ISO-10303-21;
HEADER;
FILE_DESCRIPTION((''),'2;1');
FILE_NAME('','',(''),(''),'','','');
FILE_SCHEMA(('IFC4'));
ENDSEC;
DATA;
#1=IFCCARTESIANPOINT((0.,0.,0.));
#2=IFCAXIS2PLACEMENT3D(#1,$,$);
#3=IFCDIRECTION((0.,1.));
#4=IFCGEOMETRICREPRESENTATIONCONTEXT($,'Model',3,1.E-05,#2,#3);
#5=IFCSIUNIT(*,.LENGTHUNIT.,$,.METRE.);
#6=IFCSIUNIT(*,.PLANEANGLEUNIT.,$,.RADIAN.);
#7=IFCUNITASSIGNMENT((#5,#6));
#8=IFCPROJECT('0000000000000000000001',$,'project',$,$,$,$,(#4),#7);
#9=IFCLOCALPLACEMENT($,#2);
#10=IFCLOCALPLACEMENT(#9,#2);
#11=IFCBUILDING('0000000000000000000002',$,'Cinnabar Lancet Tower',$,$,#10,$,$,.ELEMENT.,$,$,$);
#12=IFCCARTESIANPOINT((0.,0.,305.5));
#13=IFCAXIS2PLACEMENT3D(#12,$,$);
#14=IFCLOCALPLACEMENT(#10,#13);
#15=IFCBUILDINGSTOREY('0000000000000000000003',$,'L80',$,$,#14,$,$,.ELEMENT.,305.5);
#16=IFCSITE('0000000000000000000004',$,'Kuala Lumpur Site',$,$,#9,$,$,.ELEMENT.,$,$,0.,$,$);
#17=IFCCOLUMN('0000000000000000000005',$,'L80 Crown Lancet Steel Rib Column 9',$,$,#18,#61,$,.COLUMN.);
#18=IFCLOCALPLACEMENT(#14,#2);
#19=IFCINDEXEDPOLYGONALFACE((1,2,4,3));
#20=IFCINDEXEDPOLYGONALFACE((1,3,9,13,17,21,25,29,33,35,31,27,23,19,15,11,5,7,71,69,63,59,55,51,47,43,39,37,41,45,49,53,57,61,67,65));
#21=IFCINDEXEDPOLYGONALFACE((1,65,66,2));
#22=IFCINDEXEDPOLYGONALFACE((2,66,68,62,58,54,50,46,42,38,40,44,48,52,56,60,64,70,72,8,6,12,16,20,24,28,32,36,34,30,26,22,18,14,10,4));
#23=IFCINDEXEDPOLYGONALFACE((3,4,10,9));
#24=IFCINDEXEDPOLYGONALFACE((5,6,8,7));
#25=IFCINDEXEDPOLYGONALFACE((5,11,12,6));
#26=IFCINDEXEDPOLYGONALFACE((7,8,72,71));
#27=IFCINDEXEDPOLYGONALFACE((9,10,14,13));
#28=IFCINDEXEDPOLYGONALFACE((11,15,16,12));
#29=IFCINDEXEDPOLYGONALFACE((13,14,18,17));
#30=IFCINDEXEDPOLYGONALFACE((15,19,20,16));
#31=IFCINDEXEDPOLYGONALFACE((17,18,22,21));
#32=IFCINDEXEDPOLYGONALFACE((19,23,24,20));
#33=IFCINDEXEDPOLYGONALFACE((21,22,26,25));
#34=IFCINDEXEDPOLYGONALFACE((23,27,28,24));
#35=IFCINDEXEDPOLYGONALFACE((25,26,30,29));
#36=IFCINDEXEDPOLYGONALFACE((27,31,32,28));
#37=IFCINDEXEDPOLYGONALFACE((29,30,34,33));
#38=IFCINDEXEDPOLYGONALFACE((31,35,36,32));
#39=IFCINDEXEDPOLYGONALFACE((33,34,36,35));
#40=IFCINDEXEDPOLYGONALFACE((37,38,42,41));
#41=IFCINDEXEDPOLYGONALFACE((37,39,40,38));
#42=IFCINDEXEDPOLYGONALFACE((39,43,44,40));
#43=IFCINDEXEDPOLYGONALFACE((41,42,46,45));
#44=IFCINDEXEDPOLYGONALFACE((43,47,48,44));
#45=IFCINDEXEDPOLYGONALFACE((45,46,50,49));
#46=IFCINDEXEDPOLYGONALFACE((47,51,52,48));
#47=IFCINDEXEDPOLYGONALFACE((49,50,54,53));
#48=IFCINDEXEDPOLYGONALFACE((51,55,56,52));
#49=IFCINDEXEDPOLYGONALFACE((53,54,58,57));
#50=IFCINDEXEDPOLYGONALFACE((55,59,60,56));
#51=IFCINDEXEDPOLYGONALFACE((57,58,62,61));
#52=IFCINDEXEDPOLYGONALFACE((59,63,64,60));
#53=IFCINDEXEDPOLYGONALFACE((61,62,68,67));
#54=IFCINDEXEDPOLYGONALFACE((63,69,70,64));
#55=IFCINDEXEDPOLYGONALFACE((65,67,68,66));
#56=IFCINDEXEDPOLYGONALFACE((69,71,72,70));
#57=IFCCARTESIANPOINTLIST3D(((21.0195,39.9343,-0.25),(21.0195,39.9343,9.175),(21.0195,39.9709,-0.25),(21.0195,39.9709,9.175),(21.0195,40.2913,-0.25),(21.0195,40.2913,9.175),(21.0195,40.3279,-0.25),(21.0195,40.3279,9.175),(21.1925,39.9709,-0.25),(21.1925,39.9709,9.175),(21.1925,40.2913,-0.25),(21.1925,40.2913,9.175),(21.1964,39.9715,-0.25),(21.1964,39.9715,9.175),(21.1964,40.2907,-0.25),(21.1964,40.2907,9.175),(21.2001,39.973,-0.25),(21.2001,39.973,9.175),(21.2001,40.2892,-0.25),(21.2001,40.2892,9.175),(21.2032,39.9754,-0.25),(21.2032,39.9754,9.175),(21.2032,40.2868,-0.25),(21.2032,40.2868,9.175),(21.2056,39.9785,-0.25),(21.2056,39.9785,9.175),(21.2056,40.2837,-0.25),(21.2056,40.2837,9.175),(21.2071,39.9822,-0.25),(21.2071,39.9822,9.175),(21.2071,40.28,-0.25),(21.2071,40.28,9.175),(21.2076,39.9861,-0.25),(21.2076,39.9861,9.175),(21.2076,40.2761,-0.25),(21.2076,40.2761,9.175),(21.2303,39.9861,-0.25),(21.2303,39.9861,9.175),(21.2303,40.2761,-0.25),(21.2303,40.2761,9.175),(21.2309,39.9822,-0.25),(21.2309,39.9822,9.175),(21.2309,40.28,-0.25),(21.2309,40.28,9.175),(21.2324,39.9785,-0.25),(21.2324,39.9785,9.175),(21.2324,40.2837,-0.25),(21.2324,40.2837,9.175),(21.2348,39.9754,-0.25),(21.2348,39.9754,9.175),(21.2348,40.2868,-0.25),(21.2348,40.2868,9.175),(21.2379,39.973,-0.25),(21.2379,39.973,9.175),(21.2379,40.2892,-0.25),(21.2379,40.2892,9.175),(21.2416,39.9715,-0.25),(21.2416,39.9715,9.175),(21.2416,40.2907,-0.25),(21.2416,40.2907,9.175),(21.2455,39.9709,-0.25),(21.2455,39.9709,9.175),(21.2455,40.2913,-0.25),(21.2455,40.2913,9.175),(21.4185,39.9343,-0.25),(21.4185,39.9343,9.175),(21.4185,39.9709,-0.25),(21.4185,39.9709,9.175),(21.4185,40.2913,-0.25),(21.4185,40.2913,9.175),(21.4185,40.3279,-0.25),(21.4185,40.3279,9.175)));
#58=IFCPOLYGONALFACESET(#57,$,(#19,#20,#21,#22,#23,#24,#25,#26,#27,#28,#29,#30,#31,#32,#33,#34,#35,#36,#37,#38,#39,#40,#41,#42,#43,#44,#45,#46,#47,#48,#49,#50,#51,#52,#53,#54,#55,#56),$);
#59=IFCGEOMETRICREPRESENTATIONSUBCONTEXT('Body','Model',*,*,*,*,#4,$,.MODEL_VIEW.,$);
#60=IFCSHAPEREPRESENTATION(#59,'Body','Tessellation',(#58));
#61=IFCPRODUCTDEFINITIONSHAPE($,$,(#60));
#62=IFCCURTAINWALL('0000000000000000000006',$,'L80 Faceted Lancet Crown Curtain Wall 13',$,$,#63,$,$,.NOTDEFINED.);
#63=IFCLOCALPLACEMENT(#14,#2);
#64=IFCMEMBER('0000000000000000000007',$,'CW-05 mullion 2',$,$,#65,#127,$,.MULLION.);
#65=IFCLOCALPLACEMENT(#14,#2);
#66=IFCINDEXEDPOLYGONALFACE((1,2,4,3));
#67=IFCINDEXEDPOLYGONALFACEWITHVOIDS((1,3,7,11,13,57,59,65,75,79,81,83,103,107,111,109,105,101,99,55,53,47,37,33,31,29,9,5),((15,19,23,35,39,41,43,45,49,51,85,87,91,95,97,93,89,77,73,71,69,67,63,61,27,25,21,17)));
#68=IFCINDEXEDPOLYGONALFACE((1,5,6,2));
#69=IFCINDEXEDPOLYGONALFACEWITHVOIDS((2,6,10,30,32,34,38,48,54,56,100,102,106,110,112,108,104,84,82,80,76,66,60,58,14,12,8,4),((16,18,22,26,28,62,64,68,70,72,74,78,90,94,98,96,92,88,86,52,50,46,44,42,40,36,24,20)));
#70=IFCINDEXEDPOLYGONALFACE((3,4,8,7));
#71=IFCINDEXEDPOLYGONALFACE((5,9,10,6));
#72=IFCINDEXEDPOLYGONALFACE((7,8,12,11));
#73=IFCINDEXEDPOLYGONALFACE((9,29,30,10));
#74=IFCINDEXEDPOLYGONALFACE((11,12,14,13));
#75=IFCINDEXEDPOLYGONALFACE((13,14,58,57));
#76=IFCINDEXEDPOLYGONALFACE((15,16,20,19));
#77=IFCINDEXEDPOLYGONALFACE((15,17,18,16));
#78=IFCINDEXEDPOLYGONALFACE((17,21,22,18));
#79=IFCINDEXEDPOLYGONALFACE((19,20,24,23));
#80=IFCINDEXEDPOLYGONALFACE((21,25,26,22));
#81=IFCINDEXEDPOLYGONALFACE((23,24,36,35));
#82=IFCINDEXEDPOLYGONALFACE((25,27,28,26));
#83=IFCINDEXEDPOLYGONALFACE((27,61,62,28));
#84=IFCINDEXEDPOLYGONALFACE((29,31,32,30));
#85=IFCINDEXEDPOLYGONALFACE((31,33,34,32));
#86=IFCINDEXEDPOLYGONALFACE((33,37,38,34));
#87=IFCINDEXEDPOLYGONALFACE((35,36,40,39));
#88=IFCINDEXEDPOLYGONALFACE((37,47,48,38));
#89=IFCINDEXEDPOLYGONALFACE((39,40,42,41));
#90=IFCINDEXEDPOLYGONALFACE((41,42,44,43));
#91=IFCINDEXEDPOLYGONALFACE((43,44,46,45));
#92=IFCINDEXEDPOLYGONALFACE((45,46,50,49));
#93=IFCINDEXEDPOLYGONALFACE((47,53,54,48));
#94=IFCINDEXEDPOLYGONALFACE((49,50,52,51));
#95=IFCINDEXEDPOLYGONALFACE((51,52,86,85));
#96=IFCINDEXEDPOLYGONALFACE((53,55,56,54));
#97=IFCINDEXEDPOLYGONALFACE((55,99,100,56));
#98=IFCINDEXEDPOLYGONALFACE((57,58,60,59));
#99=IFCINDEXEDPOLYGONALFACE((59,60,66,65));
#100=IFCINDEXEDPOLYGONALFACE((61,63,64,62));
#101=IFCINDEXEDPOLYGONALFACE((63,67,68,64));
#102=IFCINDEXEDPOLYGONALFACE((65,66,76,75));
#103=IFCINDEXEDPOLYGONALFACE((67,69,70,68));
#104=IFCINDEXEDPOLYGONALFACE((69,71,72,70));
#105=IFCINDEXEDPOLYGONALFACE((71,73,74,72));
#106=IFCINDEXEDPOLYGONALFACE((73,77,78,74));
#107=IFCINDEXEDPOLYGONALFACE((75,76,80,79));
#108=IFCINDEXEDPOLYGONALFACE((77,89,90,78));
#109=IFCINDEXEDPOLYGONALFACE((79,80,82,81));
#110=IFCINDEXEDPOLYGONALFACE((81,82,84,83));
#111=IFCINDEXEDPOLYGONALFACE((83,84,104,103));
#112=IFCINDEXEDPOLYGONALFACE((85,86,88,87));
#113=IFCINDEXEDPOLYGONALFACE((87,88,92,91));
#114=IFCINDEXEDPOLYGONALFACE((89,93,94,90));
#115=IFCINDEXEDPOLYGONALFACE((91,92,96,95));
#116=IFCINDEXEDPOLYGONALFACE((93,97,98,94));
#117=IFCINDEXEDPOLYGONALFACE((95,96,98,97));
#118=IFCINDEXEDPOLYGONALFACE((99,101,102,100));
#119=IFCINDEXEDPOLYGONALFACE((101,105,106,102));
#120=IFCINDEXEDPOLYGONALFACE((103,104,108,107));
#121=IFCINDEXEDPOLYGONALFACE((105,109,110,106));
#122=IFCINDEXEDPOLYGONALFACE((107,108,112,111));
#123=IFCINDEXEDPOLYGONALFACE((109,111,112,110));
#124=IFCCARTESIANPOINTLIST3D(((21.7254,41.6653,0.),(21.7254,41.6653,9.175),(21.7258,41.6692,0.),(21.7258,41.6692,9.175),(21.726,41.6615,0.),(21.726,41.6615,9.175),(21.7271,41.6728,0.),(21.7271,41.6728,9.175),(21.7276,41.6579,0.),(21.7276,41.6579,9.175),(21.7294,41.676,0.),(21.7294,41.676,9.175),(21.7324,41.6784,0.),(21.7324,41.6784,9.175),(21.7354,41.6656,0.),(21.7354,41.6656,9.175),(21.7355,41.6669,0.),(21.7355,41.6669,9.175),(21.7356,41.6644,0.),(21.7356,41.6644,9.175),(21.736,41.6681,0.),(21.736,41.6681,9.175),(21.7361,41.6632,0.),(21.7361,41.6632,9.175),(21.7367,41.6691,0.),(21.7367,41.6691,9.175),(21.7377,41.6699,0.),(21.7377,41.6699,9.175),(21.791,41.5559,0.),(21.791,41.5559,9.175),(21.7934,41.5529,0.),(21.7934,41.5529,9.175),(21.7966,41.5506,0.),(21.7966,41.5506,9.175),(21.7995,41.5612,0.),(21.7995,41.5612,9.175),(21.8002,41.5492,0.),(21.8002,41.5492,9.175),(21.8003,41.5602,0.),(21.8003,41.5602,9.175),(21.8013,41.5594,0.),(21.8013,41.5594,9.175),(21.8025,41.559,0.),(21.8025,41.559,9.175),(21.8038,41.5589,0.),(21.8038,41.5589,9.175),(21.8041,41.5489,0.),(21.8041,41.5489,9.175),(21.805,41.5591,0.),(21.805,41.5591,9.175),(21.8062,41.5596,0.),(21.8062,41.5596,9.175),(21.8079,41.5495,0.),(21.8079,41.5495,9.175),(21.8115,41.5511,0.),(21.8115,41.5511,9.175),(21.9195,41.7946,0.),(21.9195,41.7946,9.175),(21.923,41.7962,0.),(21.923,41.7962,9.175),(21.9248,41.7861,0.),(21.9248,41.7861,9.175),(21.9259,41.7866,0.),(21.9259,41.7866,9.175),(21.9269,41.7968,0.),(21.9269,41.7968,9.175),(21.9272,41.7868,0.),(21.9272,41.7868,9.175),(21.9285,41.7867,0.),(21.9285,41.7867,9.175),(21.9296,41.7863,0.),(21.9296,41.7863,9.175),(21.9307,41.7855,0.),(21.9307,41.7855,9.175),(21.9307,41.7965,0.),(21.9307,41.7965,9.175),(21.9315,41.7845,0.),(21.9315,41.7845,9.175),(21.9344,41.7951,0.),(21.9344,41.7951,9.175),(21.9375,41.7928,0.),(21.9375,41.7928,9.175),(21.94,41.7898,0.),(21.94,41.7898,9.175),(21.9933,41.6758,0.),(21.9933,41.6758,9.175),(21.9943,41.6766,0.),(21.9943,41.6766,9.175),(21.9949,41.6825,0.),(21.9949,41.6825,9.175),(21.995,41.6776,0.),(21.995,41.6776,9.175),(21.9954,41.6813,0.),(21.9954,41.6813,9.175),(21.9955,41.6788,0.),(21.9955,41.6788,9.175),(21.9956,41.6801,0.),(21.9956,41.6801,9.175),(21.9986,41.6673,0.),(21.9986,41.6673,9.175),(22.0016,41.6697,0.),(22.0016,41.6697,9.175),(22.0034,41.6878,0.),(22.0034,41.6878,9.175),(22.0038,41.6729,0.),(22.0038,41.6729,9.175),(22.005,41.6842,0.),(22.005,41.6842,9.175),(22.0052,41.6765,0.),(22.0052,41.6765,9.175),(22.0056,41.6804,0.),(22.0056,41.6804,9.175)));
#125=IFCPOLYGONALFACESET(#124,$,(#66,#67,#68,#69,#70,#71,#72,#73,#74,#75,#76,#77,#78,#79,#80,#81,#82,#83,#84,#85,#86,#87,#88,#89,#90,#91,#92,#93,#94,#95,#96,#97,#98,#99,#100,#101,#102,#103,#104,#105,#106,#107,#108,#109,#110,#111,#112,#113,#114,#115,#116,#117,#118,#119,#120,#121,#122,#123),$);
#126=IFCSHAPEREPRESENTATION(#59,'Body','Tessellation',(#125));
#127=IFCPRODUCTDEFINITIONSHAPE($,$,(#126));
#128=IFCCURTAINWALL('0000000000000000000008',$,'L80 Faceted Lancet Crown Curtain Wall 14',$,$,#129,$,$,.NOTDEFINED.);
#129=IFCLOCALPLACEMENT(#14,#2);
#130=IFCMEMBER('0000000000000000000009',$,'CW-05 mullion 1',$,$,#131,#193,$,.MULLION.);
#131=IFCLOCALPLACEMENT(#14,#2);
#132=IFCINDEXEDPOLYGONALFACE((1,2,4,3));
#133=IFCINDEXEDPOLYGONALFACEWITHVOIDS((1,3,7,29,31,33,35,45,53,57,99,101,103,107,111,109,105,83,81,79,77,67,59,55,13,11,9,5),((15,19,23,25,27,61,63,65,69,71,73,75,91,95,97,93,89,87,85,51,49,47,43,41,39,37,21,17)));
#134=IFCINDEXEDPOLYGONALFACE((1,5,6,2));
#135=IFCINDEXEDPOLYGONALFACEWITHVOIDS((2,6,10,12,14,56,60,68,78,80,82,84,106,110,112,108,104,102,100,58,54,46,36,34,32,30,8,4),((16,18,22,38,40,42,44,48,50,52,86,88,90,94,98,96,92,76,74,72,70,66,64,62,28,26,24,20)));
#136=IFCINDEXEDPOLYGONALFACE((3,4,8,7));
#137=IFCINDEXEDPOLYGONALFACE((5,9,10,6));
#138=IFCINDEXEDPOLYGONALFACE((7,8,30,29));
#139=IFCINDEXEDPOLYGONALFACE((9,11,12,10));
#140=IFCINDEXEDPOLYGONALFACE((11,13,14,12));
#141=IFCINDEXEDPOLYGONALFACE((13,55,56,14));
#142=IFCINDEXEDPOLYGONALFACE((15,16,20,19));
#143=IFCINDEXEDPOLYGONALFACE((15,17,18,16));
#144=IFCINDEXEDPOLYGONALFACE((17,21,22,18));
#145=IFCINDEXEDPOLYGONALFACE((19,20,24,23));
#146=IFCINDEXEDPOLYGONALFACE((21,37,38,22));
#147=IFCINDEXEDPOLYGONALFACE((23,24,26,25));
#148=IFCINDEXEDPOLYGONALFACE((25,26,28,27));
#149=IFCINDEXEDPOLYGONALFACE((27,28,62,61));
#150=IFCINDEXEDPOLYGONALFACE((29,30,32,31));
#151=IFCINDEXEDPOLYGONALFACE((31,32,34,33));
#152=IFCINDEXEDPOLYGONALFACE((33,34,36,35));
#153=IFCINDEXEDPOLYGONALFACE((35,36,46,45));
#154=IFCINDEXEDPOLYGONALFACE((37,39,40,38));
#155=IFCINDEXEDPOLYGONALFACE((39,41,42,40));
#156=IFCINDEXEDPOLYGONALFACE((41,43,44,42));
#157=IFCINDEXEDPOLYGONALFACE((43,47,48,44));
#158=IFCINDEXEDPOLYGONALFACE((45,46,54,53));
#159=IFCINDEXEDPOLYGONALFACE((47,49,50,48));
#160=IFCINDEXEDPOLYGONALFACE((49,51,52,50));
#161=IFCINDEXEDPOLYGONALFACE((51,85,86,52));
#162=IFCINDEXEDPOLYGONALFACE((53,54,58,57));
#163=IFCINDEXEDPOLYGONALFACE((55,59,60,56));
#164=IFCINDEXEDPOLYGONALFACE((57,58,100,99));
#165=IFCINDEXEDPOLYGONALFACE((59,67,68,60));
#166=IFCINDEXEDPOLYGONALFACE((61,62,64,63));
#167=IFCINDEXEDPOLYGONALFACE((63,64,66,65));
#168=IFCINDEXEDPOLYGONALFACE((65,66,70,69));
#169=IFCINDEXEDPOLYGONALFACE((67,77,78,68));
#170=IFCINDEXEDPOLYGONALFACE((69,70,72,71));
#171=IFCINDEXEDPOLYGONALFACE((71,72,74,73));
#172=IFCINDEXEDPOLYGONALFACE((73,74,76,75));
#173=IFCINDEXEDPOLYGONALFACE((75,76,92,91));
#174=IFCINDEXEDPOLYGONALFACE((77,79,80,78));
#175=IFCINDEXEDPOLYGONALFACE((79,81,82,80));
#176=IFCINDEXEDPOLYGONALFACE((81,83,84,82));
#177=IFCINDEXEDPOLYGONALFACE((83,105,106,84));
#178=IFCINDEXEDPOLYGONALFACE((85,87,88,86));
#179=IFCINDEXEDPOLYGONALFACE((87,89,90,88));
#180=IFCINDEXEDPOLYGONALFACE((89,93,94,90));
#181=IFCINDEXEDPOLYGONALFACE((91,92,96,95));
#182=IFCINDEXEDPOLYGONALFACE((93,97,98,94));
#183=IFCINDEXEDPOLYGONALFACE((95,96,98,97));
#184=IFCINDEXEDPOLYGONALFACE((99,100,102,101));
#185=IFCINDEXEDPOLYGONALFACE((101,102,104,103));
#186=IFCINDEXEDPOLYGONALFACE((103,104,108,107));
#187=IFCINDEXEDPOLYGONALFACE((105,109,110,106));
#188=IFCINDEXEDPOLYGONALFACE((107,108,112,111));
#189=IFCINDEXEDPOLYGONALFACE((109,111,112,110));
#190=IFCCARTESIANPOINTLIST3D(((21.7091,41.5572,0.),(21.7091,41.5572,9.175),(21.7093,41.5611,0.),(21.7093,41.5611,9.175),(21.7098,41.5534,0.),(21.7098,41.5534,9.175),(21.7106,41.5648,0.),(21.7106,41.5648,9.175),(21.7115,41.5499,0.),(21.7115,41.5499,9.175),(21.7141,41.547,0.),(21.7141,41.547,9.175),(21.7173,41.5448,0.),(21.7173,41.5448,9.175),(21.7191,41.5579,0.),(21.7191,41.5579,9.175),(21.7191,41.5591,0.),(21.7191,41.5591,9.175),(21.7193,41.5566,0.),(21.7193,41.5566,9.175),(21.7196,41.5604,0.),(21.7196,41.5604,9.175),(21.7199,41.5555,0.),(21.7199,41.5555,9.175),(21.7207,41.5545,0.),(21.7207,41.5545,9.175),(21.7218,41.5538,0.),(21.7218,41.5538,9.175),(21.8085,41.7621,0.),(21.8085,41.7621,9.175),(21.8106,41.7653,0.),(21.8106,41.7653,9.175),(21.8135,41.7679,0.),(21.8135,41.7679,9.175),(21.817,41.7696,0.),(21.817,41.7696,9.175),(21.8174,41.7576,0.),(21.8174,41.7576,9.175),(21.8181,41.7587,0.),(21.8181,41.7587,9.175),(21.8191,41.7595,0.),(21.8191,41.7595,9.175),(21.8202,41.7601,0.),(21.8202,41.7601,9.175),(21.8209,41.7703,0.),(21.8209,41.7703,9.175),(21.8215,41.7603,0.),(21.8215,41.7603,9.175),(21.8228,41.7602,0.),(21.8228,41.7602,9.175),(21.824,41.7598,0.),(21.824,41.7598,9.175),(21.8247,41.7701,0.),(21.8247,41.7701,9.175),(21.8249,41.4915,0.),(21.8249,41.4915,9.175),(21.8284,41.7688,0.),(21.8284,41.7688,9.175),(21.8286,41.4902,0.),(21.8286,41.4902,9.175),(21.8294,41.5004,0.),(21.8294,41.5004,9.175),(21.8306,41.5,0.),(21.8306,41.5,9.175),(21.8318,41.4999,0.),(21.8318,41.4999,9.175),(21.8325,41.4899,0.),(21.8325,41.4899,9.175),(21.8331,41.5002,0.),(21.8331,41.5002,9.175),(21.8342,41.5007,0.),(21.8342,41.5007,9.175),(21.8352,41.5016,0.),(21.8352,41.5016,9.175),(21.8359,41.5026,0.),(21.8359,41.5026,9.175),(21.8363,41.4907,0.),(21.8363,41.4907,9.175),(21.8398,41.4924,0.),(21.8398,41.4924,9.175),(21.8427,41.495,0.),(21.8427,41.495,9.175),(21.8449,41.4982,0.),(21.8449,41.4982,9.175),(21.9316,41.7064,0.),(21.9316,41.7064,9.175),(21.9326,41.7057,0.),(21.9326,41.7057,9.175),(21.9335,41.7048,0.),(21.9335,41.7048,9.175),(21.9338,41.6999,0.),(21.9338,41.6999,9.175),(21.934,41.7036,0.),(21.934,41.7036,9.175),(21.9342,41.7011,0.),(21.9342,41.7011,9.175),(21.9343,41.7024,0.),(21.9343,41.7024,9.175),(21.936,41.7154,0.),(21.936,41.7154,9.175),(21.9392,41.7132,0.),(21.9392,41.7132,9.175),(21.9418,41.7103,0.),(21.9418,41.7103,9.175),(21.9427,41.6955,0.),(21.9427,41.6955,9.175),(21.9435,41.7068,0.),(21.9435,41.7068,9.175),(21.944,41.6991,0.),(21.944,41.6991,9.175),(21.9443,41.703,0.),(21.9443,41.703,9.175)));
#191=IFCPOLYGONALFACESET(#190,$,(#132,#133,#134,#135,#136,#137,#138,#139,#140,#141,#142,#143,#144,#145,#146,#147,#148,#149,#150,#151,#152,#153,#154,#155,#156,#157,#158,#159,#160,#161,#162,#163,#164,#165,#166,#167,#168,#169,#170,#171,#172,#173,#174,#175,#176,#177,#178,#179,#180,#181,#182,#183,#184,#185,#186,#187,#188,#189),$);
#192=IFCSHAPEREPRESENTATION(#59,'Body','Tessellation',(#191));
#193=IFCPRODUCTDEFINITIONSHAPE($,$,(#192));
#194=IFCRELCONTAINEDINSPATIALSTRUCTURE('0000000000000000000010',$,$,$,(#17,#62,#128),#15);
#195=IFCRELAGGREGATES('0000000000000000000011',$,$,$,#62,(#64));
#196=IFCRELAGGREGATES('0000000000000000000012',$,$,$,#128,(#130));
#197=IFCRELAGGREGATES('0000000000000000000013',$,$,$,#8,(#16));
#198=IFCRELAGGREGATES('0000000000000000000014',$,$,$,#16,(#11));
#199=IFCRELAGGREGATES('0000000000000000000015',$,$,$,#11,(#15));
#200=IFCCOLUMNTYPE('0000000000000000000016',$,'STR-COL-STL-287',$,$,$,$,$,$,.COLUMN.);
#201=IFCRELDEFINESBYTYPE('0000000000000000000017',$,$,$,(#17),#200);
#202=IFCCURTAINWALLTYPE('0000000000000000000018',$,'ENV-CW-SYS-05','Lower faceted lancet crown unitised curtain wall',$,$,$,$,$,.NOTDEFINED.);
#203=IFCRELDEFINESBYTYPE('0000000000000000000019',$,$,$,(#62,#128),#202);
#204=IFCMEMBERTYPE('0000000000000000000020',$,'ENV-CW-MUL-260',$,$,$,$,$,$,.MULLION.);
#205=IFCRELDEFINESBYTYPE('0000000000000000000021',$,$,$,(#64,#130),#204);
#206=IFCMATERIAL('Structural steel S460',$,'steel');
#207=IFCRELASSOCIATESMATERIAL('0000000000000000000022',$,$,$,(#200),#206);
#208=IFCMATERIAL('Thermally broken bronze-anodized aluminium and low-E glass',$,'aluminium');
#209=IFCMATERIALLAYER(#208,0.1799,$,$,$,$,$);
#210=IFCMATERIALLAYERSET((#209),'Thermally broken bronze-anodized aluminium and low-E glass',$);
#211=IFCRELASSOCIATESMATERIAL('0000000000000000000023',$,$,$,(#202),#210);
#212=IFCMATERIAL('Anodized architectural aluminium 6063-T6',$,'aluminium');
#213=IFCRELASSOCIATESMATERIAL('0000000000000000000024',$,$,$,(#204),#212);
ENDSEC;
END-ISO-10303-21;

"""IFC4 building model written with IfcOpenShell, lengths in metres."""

from ifc_helpers import new_model, si_unit, direction, frame, origin, origin_2d, place, context, subcontext, project, spatial, hollow_rectangle, i_section, extrude, material, layer, layer_set, material_profile, profile_set, type_object, element, aggregate, save


model = new_model("IFC4")

# Units and contexts
model_context = context("Model", 3, precision=1e-05, world=origin(), true_north=direction((0.0, 1.0)))
body_context = subcontext(model_context, "Body", "Model", "MODEL_VIEW")
ifc_project = project(units=[si_unit("LENGTHUNIT", "METRE"), si_unit("PLANEANGLEUNIT", "RADIAN")], contexts=[model_context])

# Site, building, storey
site_placement = place(None, origin())
site = spatial("IfcSite", under=ifc_project, at=site_placement, Name="Kuala Lumpur Site", CompositionType="ELEMENT", RefElevation=0.0)
building_placement = place(site_placement, origin())
building = spatial("IfcBuilding", under=site, at=building_placement, Name="Cinnabar Lancet Tower", CompositionType="ELEMENT")
storey_placement = place(building_placement, frame((0.0, 0.0, 305.5)))
storey = spatial("IfcBuildingStorey", under=building, at=storey_placement, Name="L80", CompositionType="ELEMENT", Elevation=305.5)

# Column
ifc_material_1 = material(Name="Structural steel S460", Category="steel")
ifc_material_profile_1 = material_profile(ifc_material_1, i_section(OverallWidth=0.3989, OverallDepth=0.3936, WebThickness=0.0227, FlangeThickness=0.0366, FilletRadius=0.0151, at=origin_2d()), Name="UKC 356x406x287")
ifc_profile_set_1 = profile_set([ifc_material_profile_1], Name="Structural steel S460")
column_type = type_object("IfcColumnType", Name="STR-COL-STL-287", PredefinedType="COLUMN", material=ifc_profile_set_1)
column_placement = place(storey_placement, frame((21.219, 40.1311, -0.25), z_axis=(0.0, 0.0, 1.0), x_axis=(1.0, 0.0, 0.0)))
element("IfcColumn", 1, at=column_placement, inside=storey, type_object=column_type, Name="L80 Crown Lancet Steel Rib Column 9", PredefinedType="COLUMN", context=body_context, shape_type="SweptSolid", body=[
    extrude(i_section(OverallWidth=0.3989, OverallDepth=0.3936, WebThickness=0.0227, FlangeThickness=0.0366, FilletRadius=0.0151, at=origin_2d()), origin(), (0.0, 0.0, 1.0), 9.425),
])

# Curtain wall, member
ifc_material_2 = material(Name="Thermally broken bronze-anodized aluminium and low-E glass", Category="aluminium")
ifc_layer_1 = layer(ifc_material_2, 0.1799)
ifc_layer_set_1 = layer_set([ifc_layer_1], Name="Thermally broken bronze-anodized aluminium and low-E glass")
curtain_wall_type = type_object("IfcCurtainWallType", Name="ENV-CW-SYS-05", Description="Lower faceted lancet crown unitised curtain wall", PredefinedType="NOTDEFINED", material=ifc_layer_set_1)
curtain_wall_1_placement = place(storey_placement, origin())
curtain_wall_1 = element("IfcCurtainWall", 2, at=curtain_wall_1_placement, inside=storey, type_object=curtain_wall_type, Name="L80 Faceted Lancet Crown Curtain Wall 13", PredefinedType="NOTDEFINED")
ifc_material_3 = material(Name="Anodized architectural aluminium 6063-T6", Category="aluminium")
ifc_material_profile_2 = material_profile(ifc_material_3, hollow_rectangle(XDim=0.1499, YDim=0.25, WallThickness=0.01, InnerFilletRadius=0.0049, OuterFilletRadius=0.0149, at=origin_2d()), Name="RHS 250x150x10")
ifc_profile_set_2 = profile_set([ifc_material_profile_2], Name="Anodized architectural aluminium 6063-T6")
member_type_1 = type_object("IfcMemberType", Name="ENV-CW-MUL-260", PredefinedType="MULLION", material=ifc_profile_set_2)
member_1_placement = place(storey_placement, frame((21.8655, 41.6729, 0.0), z_axis=(0.0, 0.0, 1.0), x_axis=(0.527496, -0.849557, 0.0)))
member_1 = element("IfcMember", 3, at=member_1_placement, type_object=member_type_1, Name="CW-05 mullion 2", PredefinedType="MULLION", context=body_context, shape_type="SweptSolid", body=[
    extrude(hollow_rectangle(XDim=0.1499, YDim=0.25, WallThickness=0.01, InnerFilletRadius=0.0049, OuterFilletRadius=0.0149, at=origin_2d()), origin(), (0.0, 0.0, 1.0), 9.175),
])

# Curtain wall, member
curtain_wall_2_placement = place(storey_placement, origin())
curtain_wall_2 = element("IfcCurtainWall", 4, at=curtain_wall_2_placement, inside=storey, type_object=curtain_wall_type, Name="L80 Faceted Lancet Crown Curtain Wall 14", PredefinedType="NOTDEFINED")
member_2_placement = place(storey_placement, frame((21.8267, 41.6301, 0.0), z_axis=(0.0, 0.0, 1.0), x_axis=(0.89582, -0.444416, 0.0)))
member_2 = element("IfcMember", 5, at=member_2_placement, type_object=member_type_1, Name="CW-05 mullion 1", PredefinedType="MULLION", context=body_context, shape_type="SweptSolid", body=[
    extrude(hollow_rectangle(XDim=0.1499, YDim=0.25, WallThickness=0.01, InnerFilletRadius=0.0049, OuterFilletRadius=0.0149, at=origin_2d()), origin(), (0.0, 0.0, 1.0), 9.175),
])

aggregate(curtain_wall_1, [member_1])
aggregate(curtain_wall_2, [member_2])

save(model, "model.ifc")
